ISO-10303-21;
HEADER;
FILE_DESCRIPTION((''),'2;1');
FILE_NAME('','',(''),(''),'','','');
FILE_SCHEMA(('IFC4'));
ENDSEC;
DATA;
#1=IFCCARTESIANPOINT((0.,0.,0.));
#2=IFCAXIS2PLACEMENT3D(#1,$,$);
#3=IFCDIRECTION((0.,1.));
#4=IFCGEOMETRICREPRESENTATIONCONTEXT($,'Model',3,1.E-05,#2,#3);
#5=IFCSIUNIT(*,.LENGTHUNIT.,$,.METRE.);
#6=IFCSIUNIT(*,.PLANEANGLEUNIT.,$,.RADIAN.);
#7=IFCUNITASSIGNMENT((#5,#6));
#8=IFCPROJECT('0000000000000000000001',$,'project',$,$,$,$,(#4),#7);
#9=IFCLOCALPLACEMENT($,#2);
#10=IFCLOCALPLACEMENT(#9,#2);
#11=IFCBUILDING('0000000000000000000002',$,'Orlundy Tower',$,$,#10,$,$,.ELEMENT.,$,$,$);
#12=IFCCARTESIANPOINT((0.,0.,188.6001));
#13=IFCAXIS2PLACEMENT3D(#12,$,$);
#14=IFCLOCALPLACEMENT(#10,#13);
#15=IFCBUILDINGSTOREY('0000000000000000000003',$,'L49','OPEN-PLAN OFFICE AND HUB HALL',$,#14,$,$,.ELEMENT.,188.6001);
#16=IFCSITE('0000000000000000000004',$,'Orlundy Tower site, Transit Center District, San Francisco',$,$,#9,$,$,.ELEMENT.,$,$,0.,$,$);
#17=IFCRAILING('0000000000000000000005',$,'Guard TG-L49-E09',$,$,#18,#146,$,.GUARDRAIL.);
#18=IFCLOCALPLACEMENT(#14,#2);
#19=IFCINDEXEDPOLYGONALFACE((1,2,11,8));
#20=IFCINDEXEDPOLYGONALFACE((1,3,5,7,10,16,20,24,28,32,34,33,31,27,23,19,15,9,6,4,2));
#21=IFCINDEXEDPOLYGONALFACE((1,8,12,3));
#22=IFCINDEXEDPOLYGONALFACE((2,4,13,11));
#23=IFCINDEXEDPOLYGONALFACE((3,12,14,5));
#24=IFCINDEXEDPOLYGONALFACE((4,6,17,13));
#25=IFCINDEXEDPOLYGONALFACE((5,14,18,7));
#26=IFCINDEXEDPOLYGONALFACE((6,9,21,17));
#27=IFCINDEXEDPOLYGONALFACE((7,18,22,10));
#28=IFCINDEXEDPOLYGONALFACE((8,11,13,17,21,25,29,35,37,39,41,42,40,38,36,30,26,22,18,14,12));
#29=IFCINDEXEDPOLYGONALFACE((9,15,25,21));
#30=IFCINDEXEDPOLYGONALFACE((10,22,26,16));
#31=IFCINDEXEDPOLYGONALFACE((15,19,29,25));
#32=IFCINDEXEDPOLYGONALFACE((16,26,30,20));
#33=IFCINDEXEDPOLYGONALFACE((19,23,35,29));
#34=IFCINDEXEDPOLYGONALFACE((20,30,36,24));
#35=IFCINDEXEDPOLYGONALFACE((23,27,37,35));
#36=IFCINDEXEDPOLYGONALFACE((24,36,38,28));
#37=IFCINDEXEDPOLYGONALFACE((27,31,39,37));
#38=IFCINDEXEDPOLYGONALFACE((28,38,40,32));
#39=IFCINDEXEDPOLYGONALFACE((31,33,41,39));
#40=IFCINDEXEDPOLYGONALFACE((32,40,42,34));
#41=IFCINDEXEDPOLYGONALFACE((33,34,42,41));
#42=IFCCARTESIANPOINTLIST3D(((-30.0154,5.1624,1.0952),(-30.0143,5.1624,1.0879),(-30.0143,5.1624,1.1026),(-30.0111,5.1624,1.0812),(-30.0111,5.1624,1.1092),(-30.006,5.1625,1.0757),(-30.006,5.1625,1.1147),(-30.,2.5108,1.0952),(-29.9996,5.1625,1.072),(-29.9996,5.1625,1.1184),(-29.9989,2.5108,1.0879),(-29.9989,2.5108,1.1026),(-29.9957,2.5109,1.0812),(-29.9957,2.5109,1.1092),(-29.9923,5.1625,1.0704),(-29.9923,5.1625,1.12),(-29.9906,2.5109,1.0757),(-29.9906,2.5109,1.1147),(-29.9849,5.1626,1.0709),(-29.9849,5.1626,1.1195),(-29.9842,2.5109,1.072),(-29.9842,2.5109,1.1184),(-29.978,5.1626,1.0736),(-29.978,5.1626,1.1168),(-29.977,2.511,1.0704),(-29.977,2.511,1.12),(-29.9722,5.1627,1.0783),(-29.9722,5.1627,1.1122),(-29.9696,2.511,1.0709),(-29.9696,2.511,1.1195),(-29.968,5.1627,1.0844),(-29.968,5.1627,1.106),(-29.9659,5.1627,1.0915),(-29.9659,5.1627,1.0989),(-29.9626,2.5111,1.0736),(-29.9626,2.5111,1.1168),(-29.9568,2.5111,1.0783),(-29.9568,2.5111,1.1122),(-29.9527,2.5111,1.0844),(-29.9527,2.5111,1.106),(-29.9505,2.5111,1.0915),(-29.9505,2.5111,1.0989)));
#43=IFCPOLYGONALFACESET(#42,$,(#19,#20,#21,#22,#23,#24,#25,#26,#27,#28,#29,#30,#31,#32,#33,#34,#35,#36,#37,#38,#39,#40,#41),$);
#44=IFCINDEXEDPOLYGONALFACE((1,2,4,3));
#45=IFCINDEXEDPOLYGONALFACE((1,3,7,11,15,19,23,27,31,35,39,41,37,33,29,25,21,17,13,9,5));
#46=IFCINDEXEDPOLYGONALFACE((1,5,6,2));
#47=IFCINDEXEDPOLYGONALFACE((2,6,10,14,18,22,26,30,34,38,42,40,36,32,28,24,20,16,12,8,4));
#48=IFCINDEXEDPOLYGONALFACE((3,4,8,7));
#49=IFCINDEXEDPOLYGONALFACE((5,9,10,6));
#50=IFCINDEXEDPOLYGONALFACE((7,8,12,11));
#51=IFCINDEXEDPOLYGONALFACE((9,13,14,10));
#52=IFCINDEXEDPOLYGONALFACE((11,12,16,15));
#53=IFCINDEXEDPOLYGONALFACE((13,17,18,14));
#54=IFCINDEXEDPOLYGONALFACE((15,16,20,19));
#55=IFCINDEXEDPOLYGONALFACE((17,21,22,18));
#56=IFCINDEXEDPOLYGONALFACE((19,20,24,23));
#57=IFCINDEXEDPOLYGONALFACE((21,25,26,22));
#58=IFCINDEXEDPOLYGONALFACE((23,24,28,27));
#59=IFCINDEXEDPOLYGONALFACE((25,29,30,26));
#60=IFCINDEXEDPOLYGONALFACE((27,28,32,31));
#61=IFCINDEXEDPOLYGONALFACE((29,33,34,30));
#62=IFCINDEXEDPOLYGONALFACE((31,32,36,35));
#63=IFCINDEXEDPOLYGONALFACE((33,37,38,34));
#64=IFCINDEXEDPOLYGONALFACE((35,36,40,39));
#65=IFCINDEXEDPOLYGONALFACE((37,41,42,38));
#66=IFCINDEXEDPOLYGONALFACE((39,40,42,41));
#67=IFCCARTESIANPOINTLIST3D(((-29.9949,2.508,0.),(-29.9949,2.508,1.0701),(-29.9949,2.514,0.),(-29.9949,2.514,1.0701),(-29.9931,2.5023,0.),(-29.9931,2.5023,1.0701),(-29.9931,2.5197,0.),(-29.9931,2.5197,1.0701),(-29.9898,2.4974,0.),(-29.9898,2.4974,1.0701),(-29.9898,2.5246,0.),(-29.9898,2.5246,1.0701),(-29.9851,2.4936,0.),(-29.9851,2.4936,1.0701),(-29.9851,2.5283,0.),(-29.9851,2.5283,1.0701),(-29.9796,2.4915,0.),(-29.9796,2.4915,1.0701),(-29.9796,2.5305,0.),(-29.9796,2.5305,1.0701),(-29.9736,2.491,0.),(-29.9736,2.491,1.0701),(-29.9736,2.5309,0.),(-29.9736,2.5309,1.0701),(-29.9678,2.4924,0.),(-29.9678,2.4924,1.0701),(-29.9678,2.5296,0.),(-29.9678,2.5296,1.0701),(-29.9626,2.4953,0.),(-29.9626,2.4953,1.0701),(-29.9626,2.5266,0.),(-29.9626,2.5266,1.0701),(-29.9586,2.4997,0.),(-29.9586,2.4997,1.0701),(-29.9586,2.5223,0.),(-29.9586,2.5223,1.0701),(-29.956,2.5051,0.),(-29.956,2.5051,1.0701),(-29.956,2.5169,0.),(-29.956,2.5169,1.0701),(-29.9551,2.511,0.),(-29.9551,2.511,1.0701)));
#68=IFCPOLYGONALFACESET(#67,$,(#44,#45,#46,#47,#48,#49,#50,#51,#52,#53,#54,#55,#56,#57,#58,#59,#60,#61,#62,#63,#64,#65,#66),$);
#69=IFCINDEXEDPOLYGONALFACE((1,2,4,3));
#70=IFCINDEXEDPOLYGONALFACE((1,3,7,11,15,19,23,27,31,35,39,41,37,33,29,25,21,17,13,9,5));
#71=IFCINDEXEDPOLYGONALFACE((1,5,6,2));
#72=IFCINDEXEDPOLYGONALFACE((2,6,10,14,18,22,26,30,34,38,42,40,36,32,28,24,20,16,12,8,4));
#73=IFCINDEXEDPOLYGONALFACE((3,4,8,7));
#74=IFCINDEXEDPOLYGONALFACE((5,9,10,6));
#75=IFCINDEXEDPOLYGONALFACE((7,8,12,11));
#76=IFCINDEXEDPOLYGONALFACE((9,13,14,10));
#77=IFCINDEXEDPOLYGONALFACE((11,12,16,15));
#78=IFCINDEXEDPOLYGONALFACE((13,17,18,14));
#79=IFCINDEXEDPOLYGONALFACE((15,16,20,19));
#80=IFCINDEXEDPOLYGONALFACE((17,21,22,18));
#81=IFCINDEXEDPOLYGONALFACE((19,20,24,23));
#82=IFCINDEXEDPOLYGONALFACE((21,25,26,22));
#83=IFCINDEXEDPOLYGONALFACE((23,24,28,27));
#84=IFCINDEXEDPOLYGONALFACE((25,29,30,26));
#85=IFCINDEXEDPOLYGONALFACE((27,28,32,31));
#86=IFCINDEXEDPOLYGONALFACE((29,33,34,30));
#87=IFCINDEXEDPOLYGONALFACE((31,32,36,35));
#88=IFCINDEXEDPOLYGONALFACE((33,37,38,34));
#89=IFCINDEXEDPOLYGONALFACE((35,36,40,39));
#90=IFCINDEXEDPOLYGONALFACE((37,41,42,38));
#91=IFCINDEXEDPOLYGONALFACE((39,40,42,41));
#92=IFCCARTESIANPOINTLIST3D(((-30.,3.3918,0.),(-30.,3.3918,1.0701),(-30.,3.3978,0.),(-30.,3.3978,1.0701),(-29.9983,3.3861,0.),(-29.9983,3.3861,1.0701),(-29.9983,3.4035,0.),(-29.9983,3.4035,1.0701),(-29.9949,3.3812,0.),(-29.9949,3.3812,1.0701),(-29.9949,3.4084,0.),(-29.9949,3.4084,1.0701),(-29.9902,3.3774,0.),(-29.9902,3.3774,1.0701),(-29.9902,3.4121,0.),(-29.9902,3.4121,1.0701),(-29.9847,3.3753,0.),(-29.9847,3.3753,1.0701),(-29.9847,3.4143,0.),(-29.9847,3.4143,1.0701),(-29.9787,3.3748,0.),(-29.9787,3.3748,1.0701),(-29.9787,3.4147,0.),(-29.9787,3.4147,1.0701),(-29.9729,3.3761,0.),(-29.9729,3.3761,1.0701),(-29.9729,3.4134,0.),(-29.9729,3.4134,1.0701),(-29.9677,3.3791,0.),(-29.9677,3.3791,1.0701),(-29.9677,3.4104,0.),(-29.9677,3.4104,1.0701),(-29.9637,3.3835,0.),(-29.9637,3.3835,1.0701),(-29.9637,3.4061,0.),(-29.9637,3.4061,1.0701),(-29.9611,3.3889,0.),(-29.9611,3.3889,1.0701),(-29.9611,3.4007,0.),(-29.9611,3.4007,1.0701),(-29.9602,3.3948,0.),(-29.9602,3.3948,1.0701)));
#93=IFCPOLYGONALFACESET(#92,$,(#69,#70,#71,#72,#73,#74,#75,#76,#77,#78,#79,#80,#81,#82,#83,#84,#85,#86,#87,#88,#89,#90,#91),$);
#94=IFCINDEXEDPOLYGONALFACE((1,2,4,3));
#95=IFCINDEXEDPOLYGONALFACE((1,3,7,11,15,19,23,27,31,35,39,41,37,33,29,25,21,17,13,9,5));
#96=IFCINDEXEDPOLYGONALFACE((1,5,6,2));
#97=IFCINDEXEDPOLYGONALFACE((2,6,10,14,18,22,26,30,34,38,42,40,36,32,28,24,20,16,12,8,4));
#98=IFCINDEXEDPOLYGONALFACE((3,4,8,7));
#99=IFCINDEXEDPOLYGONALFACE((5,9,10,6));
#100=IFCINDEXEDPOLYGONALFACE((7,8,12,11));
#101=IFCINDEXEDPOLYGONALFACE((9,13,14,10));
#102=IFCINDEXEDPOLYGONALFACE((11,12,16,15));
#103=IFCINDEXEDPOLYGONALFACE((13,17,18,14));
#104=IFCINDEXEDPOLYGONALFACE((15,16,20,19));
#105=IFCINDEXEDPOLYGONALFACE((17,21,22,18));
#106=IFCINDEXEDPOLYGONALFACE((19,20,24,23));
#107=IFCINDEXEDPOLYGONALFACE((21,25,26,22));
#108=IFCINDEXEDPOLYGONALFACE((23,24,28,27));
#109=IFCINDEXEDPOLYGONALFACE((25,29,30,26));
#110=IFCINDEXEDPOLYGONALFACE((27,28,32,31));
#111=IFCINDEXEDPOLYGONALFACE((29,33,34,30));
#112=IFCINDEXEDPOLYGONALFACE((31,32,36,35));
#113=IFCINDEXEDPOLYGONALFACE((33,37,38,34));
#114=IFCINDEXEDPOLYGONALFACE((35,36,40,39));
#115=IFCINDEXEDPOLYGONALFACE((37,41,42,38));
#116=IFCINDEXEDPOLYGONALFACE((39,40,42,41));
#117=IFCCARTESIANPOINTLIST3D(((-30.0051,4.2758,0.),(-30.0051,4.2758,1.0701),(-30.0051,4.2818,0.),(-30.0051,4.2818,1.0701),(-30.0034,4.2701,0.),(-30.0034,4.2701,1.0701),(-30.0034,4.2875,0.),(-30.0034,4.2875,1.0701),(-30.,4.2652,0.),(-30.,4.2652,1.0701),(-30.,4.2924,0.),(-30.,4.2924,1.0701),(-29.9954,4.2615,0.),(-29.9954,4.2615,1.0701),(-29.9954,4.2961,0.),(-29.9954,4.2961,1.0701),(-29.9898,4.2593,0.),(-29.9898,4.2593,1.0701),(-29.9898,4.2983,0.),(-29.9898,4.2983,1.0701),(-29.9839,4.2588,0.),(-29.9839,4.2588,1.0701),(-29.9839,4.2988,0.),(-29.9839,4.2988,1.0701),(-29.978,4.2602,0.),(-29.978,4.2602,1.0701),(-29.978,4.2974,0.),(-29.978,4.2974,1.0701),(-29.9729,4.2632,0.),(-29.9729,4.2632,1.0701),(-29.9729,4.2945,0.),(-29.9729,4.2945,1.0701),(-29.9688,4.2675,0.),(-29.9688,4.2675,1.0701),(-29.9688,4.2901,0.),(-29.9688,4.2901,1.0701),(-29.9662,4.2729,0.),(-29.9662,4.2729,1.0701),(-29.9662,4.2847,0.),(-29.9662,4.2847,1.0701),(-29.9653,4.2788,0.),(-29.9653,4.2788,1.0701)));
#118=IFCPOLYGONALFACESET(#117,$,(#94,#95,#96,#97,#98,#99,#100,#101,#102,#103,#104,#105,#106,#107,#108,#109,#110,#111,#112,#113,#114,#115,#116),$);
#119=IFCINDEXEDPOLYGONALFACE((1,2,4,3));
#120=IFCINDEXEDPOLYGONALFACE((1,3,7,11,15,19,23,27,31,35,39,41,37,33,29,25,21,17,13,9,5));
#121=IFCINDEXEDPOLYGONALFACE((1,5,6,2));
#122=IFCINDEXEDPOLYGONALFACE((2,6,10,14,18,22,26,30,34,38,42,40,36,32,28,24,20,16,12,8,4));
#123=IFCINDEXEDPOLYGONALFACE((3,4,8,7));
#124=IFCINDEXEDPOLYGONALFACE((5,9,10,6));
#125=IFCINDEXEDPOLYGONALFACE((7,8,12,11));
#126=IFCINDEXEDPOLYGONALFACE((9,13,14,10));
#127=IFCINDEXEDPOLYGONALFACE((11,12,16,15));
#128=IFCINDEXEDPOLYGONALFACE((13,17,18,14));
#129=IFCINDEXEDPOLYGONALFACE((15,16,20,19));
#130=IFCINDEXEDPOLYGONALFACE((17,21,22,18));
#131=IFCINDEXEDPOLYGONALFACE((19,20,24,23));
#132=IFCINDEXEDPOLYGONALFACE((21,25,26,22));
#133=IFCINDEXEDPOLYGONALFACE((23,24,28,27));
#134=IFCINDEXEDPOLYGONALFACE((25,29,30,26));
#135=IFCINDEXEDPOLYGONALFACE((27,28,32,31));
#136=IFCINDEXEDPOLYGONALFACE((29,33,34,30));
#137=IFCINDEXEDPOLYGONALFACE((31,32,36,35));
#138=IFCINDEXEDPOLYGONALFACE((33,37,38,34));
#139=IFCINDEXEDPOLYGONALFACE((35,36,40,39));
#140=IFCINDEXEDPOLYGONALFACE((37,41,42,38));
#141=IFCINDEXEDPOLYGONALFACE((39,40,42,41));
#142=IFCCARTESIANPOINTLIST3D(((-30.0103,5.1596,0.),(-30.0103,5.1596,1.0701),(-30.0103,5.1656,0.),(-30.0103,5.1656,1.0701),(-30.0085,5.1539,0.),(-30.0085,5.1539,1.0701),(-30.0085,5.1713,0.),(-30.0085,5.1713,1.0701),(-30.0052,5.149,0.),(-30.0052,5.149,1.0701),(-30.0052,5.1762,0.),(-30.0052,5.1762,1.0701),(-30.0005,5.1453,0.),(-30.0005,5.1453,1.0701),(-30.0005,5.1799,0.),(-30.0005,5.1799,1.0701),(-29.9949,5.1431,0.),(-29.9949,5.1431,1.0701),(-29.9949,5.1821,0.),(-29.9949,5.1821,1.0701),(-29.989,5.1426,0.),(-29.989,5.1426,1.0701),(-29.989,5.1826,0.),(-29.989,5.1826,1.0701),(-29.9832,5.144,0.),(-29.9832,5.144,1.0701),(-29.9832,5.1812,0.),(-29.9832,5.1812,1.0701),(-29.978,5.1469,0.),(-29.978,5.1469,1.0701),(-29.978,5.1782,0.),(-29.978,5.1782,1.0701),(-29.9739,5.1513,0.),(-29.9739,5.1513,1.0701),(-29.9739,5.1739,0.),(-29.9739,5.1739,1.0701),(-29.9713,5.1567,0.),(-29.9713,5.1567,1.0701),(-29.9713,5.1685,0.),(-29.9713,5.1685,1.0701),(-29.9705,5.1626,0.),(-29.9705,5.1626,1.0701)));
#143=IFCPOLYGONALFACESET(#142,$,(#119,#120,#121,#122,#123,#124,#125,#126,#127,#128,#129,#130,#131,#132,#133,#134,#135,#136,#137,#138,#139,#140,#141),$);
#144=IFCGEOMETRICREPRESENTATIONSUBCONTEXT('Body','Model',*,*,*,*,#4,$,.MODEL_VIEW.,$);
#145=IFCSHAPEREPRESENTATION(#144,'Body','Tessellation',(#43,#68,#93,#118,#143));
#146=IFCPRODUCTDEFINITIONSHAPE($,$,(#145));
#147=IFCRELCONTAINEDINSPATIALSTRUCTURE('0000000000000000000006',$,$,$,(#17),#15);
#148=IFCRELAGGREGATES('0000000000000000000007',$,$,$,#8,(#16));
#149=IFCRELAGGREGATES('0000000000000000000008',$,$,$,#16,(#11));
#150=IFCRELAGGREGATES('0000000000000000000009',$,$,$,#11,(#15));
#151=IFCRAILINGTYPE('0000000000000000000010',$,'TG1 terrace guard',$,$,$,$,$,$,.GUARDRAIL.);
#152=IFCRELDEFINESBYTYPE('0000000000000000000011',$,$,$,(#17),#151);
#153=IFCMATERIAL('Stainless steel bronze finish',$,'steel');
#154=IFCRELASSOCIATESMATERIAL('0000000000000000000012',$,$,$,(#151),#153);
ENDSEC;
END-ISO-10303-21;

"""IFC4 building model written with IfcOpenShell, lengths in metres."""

from ifc_helpers import new_model, si_unit, direction, frame, origin, origin_2d, place, context, subcontext, project, spatial, circle, extrude, material, type_object, element, save


model = new_model("IFC4")

# Units and contexts
model_context = context("Model", 3, precision=1e-05, world=origin(), true_north=direction((0.0, 1.0)))
body_context = subcontext(model_context, "Body", "Model", "MODEL_VIEW")
ifc_project = project(units=[si_unit("LENGTHUNIT", "METRE"), si_unit("PLANEANGLEUNIT", "RADIAN")], contexts=[model_context])

# Site, building, storey
site_placement = place(None, origin())
site = spatial("IfcSite", under=ifc_project, at=site_placement, Name="Orlundy Tower site, Transit Center District, San Francisco", CompositionType="ELEMENT", RefElevation=0.0)
building_placement = place(site_placement, origin())
building = spatial("IfcBuilding", under=site, at=building_placement, Name="Orlundy Tower", CompositionType="ELEMENT")
storey_placement = place(building_placement, frame((0.0, 0.0, 188.6001)))
storey = spatial("IfcBuildingStorey", under=building, at=storey_placement, Name="L49", Description="OPEN-PLAN OFFICE AND HUB HALL", CompositionType="ELEMENT", Elevation=188.6001)

# Railing
ifc_material_1 = material(Name="Stainless steel bronze finish", Category="steel")
railing_type_1 = type_object("IfcRailingType", Name="TG1 terrace guard", PredefinedType="GUARDRAIL", material=ifc_material_1)
railing_1_placement = place(storey_placement, frame((-29.9751, 2.511, 0.0)))
element("IfcRailing", 1, at=railing_1_placement, inside=storey, type_object=railing_type_1, Name="Guard TG-L49-E09", PredefinedType="GUARDRAIL", context=body_context, shape_type="SweptSolid", body=[
    extrude(circle(Radius=0.0249, at=origin_2d()), frame((0.0, 0.0, 1.0952), z_axis=(-0.0058, 0.999983, 0.0), x_axis=(-0.999983, -0.0058, 0.0)), (0.0, 0.0, 1.0), 2.6516),
    extrude(circle(Radius=0.02, at=origin_2d()), origin(), (0.0, 0.0, 1.0), 1.0701),
    extrude(circle(Radius=0.02, at=origin_2d()), frame((-0.0051, 0.8838, 0.0)), (0.0, 0.0, 1.0), 1.0701),
    extrude(circle(Radius=0.02, at=origin_2d()), frame((-0.0103, 1.7678, 0.0)), (0.0, 0.0, 1.0), 1.0701),
    extrude(circle(Radius=0.02, at=origin_2d()), frame((-0.0154, 2.6516, 0.0)), (0.0, 0.0, 1.0), 1.0701),
])

save(model, "model.ifc")
